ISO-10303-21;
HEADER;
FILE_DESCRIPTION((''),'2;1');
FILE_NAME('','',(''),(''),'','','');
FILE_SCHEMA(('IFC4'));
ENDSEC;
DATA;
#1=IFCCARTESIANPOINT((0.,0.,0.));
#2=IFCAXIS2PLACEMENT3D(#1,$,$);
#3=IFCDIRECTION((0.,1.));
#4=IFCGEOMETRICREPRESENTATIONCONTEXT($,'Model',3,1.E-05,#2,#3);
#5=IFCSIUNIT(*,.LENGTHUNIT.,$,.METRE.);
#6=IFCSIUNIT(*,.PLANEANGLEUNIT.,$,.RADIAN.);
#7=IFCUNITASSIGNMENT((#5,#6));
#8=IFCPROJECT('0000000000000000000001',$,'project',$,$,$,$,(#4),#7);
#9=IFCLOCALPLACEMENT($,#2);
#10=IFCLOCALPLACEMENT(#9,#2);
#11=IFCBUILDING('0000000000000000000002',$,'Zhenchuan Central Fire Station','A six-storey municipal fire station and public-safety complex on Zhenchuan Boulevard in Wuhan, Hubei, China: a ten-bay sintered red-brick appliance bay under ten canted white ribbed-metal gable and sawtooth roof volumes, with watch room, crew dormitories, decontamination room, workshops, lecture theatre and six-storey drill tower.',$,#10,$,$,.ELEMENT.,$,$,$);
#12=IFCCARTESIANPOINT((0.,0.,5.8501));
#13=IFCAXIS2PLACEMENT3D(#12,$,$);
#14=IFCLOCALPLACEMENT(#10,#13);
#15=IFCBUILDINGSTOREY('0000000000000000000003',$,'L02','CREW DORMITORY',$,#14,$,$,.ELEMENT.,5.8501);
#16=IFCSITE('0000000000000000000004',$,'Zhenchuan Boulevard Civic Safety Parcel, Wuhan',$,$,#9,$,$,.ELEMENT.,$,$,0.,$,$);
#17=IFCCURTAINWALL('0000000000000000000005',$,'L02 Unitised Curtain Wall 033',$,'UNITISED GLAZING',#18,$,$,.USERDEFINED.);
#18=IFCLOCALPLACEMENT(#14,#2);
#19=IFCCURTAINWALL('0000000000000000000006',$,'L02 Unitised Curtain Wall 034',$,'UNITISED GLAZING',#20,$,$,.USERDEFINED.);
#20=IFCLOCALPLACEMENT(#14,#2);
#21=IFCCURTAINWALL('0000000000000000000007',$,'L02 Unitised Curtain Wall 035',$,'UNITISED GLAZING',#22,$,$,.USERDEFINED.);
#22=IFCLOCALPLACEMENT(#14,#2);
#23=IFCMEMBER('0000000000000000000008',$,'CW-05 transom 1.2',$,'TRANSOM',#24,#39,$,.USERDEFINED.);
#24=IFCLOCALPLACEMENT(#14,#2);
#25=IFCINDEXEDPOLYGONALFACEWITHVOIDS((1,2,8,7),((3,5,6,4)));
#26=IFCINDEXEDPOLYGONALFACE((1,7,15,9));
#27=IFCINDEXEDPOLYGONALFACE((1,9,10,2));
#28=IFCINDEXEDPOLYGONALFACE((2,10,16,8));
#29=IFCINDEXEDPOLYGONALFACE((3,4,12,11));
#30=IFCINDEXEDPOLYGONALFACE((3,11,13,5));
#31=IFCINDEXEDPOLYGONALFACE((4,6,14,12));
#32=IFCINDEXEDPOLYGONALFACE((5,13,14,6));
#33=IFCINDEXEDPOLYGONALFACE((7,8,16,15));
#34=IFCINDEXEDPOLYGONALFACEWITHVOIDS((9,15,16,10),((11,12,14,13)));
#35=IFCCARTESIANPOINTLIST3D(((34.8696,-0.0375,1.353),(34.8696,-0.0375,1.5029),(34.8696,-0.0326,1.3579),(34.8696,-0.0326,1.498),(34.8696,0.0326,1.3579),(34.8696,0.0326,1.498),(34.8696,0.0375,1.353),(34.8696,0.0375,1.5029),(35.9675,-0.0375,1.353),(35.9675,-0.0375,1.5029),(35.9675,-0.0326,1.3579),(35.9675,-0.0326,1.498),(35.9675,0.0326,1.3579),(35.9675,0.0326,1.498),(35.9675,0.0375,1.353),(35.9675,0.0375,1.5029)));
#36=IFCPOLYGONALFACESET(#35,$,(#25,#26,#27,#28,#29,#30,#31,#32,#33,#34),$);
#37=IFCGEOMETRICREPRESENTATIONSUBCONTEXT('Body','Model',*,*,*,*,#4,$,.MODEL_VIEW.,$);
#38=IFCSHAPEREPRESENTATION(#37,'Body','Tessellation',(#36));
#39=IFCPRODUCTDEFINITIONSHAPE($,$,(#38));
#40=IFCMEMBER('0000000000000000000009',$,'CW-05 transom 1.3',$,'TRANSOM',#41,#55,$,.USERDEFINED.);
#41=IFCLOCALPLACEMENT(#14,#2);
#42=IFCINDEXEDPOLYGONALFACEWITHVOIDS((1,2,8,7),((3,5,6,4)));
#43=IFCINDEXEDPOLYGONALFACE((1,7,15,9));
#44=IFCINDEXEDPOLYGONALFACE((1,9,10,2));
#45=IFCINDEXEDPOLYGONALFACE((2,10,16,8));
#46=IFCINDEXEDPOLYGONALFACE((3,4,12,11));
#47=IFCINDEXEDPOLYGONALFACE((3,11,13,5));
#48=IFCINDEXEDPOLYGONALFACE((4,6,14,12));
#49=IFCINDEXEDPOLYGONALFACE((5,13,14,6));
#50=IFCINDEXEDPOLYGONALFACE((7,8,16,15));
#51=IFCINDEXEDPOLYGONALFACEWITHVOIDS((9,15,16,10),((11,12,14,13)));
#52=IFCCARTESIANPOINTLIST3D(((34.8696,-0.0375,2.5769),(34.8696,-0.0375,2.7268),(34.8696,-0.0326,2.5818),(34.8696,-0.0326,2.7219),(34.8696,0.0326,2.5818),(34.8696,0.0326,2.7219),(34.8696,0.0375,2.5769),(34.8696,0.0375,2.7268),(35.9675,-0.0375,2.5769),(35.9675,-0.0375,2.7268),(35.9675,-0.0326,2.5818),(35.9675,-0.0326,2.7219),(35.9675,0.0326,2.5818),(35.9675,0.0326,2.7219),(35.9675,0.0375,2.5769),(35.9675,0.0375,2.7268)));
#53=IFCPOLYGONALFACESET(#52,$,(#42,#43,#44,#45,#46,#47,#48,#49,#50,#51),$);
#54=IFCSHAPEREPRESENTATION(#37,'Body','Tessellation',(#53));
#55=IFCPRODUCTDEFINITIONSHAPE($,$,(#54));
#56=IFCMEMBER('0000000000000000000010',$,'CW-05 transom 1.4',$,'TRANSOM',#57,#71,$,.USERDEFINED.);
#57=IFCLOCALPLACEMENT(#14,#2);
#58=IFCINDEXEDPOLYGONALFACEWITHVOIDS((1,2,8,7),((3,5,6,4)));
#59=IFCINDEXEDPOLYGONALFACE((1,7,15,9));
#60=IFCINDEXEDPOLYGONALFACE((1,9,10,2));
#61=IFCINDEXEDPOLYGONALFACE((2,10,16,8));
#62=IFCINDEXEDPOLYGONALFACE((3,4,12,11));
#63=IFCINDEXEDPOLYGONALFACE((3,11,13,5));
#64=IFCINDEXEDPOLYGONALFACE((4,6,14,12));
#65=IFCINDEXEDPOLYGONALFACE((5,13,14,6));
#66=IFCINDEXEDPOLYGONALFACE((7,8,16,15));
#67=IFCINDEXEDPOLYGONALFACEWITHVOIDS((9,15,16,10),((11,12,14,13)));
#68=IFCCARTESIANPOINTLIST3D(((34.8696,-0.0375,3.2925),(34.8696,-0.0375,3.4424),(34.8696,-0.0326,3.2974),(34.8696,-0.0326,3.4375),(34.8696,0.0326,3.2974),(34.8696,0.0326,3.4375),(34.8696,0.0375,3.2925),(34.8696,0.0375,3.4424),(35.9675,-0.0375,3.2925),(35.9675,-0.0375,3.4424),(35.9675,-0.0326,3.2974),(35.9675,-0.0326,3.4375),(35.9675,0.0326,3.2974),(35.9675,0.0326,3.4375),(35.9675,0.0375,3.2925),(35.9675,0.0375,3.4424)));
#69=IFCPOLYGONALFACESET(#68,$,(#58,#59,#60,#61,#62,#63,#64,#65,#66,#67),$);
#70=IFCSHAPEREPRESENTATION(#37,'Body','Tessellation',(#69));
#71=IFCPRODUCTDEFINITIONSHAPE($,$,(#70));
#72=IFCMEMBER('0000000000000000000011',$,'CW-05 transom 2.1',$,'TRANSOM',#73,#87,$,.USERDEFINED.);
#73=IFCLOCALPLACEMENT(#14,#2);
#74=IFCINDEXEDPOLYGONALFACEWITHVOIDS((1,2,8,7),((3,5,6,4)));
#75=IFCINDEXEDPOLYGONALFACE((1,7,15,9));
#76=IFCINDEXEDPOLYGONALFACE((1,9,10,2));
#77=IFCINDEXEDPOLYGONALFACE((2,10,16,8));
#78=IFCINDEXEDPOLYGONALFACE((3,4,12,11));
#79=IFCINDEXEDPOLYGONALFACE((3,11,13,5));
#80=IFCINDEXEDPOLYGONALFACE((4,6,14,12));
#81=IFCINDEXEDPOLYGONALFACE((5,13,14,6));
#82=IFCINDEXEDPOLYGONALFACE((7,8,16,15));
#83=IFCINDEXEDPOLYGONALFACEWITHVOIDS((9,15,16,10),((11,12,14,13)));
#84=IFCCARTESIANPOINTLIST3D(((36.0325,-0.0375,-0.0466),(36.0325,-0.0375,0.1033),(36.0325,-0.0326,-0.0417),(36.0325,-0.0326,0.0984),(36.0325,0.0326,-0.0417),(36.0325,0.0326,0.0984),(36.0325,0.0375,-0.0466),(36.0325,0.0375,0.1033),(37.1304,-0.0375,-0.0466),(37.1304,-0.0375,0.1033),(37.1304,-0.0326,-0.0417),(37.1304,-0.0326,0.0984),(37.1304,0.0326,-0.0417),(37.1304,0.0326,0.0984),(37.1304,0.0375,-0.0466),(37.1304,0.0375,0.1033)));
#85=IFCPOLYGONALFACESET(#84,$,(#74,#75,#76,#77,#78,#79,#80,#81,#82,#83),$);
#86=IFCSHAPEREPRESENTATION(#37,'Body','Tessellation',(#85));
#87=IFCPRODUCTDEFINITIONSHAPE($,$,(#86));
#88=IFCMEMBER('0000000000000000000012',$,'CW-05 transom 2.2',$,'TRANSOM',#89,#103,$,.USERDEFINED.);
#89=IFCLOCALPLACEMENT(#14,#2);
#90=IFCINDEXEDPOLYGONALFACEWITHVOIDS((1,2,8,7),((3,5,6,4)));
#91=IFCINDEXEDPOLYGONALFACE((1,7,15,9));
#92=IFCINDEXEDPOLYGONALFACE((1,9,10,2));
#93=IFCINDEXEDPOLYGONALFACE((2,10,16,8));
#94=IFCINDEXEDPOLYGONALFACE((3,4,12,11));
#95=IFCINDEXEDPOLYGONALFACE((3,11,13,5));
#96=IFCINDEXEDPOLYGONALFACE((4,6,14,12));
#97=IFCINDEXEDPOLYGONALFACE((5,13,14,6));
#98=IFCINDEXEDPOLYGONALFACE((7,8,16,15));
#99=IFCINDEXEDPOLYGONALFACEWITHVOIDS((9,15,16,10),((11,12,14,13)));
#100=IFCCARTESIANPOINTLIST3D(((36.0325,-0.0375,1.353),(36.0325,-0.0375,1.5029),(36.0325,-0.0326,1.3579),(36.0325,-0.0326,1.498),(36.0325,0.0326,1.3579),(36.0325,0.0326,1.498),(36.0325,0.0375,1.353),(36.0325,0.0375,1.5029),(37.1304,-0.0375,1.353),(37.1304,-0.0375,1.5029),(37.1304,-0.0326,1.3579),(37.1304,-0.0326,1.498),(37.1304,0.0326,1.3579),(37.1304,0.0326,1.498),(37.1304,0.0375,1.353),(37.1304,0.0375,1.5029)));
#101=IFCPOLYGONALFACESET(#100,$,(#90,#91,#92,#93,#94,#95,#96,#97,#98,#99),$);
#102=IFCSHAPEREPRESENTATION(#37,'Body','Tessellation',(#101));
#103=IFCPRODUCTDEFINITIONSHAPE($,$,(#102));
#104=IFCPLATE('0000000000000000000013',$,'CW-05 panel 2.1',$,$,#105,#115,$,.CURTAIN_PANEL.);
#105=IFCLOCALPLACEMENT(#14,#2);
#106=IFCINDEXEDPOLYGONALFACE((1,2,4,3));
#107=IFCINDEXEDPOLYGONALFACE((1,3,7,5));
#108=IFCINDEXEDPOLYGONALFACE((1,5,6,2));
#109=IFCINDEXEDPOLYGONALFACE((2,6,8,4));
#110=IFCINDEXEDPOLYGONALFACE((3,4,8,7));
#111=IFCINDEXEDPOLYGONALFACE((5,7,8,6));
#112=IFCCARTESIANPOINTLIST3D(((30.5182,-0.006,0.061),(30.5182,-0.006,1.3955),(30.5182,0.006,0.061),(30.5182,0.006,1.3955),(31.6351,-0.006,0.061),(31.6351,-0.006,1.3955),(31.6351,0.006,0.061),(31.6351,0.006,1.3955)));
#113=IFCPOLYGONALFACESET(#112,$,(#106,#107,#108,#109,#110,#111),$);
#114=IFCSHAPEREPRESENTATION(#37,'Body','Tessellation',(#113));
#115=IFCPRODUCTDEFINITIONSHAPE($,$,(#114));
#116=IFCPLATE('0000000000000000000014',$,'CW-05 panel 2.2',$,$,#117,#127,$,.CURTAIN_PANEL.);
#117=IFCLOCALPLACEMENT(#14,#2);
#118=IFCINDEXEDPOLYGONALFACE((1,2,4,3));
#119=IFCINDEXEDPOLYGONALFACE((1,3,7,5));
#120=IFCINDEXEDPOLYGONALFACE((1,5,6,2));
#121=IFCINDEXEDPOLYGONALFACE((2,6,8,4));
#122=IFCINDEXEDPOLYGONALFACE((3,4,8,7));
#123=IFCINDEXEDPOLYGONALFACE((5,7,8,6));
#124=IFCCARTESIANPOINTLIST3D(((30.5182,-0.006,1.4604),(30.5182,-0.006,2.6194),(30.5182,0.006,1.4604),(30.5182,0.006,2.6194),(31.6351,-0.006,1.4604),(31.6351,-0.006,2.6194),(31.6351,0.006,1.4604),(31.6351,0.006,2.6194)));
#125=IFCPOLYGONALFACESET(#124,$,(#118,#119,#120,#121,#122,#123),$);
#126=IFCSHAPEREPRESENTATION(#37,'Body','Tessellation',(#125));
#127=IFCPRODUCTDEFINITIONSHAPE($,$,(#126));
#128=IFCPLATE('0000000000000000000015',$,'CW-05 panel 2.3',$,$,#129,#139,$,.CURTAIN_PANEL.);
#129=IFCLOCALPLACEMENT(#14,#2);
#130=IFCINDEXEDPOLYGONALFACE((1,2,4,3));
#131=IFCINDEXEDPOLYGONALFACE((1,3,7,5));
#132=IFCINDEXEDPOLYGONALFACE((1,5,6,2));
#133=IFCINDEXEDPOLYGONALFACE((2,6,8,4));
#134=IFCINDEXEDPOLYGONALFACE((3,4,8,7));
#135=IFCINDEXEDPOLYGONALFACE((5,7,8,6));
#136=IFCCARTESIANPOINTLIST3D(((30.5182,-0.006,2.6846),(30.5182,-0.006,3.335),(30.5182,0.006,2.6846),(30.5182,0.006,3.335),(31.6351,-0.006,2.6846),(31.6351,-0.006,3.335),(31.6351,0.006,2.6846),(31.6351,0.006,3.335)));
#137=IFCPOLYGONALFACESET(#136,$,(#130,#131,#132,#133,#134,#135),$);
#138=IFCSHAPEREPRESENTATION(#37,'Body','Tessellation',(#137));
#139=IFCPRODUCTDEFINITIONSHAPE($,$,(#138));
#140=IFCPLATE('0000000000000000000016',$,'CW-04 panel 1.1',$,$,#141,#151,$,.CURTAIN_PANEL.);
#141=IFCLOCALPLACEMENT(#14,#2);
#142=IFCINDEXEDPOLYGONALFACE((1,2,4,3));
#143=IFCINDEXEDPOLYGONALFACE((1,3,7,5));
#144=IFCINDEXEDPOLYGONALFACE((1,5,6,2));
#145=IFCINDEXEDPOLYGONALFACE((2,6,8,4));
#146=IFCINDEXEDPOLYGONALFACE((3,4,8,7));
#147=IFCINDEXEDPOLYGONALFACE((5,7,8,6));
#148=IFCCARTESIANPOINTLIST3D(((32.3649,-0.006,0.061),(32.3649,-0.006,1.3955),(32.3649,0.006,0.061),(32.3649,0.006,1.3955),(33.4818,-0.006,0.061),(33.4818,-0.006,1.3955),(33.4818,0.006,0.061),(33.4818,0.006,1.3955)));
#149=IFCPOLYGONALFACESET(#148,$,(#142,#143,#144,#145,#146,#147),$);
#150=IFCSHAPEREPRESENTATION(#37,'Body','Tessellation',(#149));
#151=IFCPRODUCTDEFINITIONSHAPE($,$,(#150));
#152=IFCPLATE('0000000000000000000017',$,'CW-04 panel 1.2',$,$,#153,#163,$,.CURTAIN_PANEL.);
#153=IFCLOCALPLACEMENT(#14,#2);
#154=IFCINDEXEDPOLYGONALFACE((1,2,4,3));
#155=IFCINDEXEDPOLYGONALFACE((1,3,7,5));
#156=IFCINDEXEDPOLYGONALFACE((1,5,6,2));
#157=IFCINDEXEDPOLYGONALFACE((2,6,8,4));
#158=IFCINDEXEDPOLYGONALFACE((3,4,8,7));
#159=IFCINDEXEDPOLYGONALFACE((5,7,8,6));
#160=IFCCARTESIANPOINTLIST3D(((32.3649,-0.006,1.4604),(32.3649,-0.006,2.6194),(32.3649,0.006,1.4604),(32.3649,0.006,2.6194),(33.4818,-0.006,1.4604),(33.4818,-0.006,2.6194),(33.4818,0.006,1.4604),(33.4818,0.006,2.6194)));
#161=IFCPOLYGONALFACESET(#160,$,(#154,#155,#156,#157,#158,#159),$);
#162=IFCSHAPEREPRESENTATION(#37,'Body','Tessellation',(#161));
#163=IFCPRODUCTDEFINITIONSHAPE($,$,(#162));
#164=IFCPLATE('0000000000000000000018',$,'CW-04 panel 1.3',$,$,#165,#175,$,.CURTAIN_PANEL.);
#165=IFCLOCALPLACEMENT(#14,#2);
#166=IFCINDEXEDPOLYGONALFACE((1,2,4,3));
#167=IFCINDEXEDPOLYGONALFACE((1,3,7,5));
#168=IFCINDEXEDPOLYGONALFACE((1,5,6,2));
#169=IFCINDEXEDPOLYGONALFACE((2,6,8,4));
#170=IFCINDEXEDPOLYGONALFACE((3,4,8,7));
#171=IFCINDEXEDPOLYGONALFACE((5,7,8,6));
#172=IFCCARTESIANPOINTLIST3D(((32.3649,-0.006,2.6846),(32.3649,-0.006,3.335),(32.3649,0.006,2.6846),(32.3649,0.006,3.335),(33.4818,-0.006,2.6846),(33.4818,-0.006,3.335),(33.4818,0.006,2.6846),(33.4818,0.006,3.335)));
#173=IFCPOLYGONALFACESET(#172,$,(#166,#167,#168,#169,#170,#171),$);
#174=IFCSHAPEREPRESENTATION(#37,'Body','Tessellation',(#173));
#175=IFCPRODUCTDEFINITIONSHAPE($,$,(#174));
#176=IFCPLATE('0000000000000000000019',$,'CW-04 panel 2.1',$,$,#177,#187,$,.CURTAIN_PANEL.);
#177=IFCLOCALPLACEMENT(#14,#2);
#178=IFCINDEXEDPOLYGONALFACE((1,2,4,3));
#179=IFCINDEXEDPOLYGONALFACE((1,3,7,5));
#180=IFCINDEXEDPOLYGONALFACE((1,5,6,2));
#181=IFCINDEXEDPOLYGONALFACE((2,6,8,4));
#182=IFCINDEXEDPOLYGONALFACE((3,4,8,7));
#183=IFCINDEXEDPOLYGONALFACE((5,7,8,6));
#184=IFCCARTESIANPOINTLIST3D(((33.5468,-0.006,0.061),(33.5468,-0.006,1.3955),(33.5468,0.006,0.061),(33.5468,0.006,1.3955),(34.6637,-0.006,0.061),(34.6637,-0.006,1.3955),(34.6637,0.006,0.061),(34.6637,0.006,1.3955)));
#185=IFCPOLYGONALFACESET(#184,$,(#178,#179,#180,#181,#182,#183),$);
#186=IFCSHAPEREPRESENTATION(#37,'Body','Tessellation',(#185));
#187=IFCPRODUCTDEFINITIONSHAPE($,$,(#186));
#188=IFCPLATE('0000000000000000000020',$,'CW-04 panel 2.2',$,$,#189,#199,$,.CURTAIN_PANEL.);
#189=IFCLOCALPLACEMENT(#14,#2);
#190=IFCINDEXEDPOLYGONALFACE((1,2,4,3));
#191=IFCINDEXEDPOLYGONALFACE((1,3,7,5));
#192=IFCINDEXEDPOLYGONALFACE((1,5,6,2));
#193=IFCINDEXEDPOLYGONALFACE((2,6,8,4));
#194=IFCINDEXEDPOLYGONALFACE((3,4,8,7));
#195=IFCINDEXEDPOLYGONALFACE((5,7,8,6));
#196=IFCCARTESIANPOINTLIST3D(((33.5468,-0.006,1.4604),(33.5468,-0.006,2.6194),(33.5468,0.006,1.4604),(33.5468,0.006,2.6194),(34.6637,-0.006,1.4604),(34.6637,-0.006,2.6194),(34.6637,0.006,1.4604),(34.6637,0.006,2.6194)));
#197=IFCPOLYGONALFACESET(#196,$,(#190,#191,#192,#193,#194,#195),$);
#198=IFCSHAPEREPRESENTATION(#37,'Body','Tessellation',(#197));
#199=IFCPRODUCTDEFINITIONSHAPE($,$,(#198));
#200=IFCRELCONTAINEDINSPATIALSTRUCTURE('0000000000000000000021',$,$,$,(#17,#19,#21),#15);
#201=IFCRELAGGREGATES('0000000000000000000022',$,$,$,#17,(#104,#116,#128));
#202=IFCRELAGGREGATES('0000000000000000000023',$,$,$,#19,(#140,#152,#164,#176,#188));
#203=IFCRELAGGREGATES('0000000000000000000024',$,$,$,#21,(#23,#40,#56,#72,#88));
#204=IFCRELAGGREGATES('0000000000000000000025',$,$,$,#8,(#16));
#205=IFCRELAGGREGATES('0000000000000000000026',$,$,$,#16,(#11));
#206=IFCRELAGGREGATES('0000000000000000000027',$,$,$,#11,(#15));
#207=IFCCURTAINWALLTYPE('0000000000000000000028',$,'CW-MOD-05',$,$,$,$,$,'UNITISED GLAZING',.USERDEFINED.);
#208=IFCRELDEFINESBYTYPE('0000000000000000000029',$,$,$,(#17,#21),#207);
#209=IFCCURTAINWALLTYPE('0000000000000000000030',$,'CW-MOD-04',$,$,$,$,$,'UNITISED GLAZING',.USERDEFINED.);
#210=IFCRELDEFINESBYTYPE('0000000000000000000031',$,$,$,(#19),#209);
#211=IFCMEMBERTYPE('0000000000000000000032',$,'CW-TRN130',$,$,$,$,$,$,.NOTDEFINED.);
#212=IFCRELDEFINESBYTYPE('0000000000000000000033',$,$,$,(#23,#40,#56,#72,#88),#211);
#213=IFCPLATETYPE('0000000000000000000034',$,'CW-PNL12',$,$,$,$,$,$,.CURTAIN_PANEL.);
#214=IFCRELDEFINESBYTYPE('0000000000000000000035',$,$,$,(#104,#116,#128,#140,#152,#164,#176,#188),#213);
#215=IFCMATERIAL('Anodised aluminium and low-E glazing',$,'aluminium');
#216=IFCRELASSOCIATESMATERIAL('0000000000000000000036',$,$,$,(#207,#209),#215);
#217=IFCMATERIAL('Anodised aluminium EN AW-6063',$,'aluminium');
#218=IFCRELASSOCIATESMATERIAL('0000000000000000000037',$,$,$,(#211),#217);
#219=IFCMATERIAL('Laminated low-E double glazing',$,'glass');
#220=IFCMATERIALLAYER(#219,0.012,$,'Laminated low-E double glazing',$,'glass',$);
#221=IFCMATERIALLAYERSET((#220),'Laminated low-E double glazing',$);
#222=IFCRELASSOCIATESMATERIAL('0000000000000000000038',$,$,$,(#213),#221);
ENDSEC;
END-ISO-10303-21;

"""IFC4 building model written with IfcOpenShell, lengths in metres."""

from ifc_helpers import new_model, si_unit, direction, frame, origin, origin_2d, place, context, subcontext, project, spatial, rectangle, hollow_rectangle, extrude, material, layer, layer_set, material_profile, profile_set, type_object, element, aggregate, save


model = new_model("IFC4")

# Units and contexts
model_context = context("Model", 3, precision=1e-05, world=origin(), true_north=direction((0.0, 1.0)))
body_context = subcontext(model_context, "Body", "Model", "MODEL_VIEW")
ifc_project = project(units=[si_unit("LENGTHUNIT", "METRE"), si_unit("PLANEANGLEUNIT", "RADIAN")], contexts=[model_context])

# Site, building, storey
site_placement = place(None, origin())
site = spatial("IfcSite", under=ifc_project, at=site_placement, Name="Zhenchuan Boulevard Civic Safety Parcel, Wuhan", CompositionType="ELEMENT", RefElevation=0.0)
building_placement = place(site_placement, origin())
building = spatial("IfcBuilding", under=site, at=building_placement, Name="Zhenchuan Central Fire Station", Description="A six-storey municipal fire station and public-safety complex on Zhenchuan Boulevard in Wuhan, Hubei, China: a ten-bay sintered red-brick appliance bay under ten canted white ribbed-metal gable and sawtooth roof volumes, with watch room, crew dormitories, decontamination room, workshops, lecture theatre and six-storey drill tower.", CompositionType="ELEMENT")
storey_placement = place(building_placement, frame((0.0, 0.0, 5.8501)))
storey = spatial("IfcBuildingStorey", under=building, at=storey_placement, Name="L02", Description="CREW DORMITORY", CompositionType="ELEMENT", Elevation=5.8501)

# Curtain wall
ifc_material_1 = material(Name="Anodised aluminium and low-E glazing", Category="aluminium")
curtain_wall_type_1 = type_object("IfcCurtainWallType", Name="CW-MOD-05", ElementType="UNITISED GLAZING", PredefinedType="USERDEFINED", material=ifc_material_1)
curtain_wall_1_placement = place(storey_placement, origin())
curtain_wall_1 = element("IfcCurtainWall", 1, at=curtain_wall_1_placement, inside=storey, type_object=curtain_wall_type_1, Name="L02 Unitised Curtain Wall 033", ObjectType="UNITISED GLAZING", PredefinedType="USERDEFINED")
ifc_material_2 = material(Name="Anodised aluminium EN AW-6063", Category="aluminium")

# Curtain walls
curtain_wall_type_2 = type_object("IfcCurtainWallType", Name="CW-MOD-04", ElementType="UNITISED GLAZING", PredefinedType="USERDEFINED", material=ifc_material_1)
curtain_wall_2_placement = place(storey_placement, origin())
curtain_wall_2 = element("IfcCurtainWall", 2, at=curtain_wall_2_placement, inside=storey, type_object=curtain_wall_type_2, Name="L02 Unitised Curtain Wall 034", ObjectType="UNITISED GLAZING", PredefinedType="USERDEFINED")
curtain_wall_3_placement = place(storey_placement, origin())
curtain_wall_3 = element("IfcCurtainWall", 3, at=curtain_wall_3_placement, inside=storey, type_object=curtain_wall_type_1, Name="L02 Unitised Curtain Wall 035", ObjectType="UNITISED GLAZING", PredefinedType="USERDEFINED")

# Members
ifc_material_profile_1 = material_profile(ifc_material_2, hollow_rectangle(XDim=0.075, YDim=0.1499, WallThickness=0.0049, at=origin_2d()), Name="ALU-T 150x75")
ifc_profile_set_1 = profile_set([ifc_material_profile_1], Name="Anodised aluminium EN AW-6063")
member_type_1 = type_object("IfcMemberType", Name="CW-TRN130", PredefinedType="NOTDEFINED", material=ifc_profile_set_1)
member_1_placement = place(storey_placement, frame((34.8696, 0.0, 1.428), z_axis=(1.0, 0.0, 0.0), x_axis=(0.0, 1.0, 0.0)))
member_1 = element("IfcMember", 4, at=member_1_placement, type_object=member_type_1, Name="CW-05 transom 1.2", ObjectType="TRANSOM", PredefinedType="USERDEFINED", context=body_context, shape_type="SweptSolid", body=[
    extrude(hollow_rectangle(XDim=0.075, YDim=0.1499, WallThickness=0.0049, at=origin_2d()), origin(), (0.0, 0.0, 1.0), 1.0979),
])
member_2_placement = place(storey_placement, frame((34.8696, 0.0, 2.6519), z_axis=(1.0, 0.0, 0.0), x_axis=(0.0, 1.0, 0.0)))
member_2 = element("IfcMember", 5, at=member_2_placement, type_object=member_type_1, Name="CW-05 transom 1.3", ObjectType="TRANSOM", PredefinedType="USERDEFINED", context=body_context, shape_type="SweptSolid", body=[
    extrude(hollow_rectangle(XDim=0.075, YDim=0.1499, WallThickness=0.0049, at=origin_2d()), origin(), (0.0, 0.0, 1.0), 1.0979),
])
member_3_placement = place(storey_placement, frame((34.8696, 0.0, 3.3674), z_axis=(1.0, 0.0, 0.0), x_axis=(0.0, 1.0, 0.0)))
member_3 = element("IfcMember", 6, at=member_3_placement, type_object=member_type_1, Name="CW-05 transom 1.4", ObjectType="TRANSOM", PredefinedType="USERDEFINED", context=body_context, shape_type="SweptSolid", body=[
    extrude(hollow_rectangle(XDim=0.075, YDim=0.1499, WallThickness=0.0049, at=origin_2d()), origin(), (0.0, 0.0, 1.0), 1.0979),
])
member_4_placement = place(storey_placement, frame((36.0325, 0.0, 0.0283), z_axis=(1.0, 0.0, 0.0), x_axis=(0.0, 1.0, 0.0)))
member_4 = element("IfcMember", 7, at=member_4_placement, type_object=member_type_1, Name="CW-05 transom 2.1", ObjectType="TRANSOM", PredefinedType="USERDEFINED", context=body_context, shape_type="SweptSolid", body=[
    extrude(hollow_rectangle(XDim=0.075, YDim=0.1499, WallThickness=0.0049, at=origin_2d()), origin(), (0.0, 0.0, 1.0), 1.0979),
])
member_5_placement = place(storey_placement, frame((36.0325, 0.0, 1.428), z_axis=(1.0, 0.0, 0.0), x_axis=(0.0, 1.0, 0.0)))
member_5 = element("IfcMember", 8, at=member_5_placement, type_object=member_type_1, Name="CW-05 transom 2.2", ObjectType="TRANSOM", PredefinedType="USERDEFINED", context=body_context, shape_type="SweptSolid", body=[
    extrude(hollow_rectangle(XDim=0.075, YDim=0.1499, WallThickness=0.0049, at=origin_2d()), origin(), (0.0, 0.0, 1.0), 1.0979),
])

# Plates
ifc_material_3 = material(Name="Laminated low-E double glazing", Category="glass")
ifc_layer = layer(ifc_material_3, 0.012, Name="Laminated low-E double glazing", Category="glass")
ifc_layer_set = layer_set([ifc_layer], Name="Laminated low-E double glazing")
plate_type = type_object("IfcPlateType", Name="CW-PNL12", PredefinedType="CURTAIN_PANEL", material=ifc_layer_set)
plate_1_placement = place(storey_placement, frame((31.0767, 0.0, 0.061), z_axis=(0.0, 0.0, 1.0), x_axis=(1.0, 0.0, 0.0)))
plate_1 = element("IfcPlate", 9, at=plate_1_placement, type_object=plate_type, Name="CW-05 panel 2.1", PredefinedType="CURTAIN_PANEL", context=body_context, shape_type="SweptSolid", body=[
    extrude(rectangle(XDim=1.1169, YDim=0.012, at=origin_2d()), origin(), (0.0, 0.0, 1.0), 1.3345),
])
plate_2_placement = place(storey_placement, frame((31.0767, 0.0, 1.4604), z_axis=(0.0, 0.0, 1.0), x_axis=(1.0, 0.0, 0.0)))
plate_2 = element("IfcPlate", 10, at=plate_2_placement, type_object=plate_type, Name="CW-05 panel 2.2", PredefinedType="CURTAIN_PANEL", context=body_context, shape_type="SweptSolid", body=[
    extrude(rectangle(XDim=1.1169, YDim=0.012, at=origin_2d()), origin(), (0.0, 0.0, 1.0), 1.1589),
])
plate_3_placement = place(storey_placement, frame((31.0767, 0.0, 2.6846), z_axis=(0.0, 0.0, 1.0), x_axis=(1.0, 0.0, 0.0)))
plate_3 = element("IfcPlate", 11, at=plate_3_placement, type_object=plate_type, Name="CW-05 panel 2.3", PredefinedType="CURTAIN_PANEL", context=body_context, shape_type="SweptSolid", body=[
    extrude(rectangle(XDim=1.1169, YDim=0.012, at=origin_2d()), origin(), (0.0, 0.0, 1.0), 0.6504),
])
aggregate(curtain_wall_1, [plate_1, plate_2, plate_3])
plate_4_placement = place(storey_placement, frame((32.9233, 0.0, 0.061), z_axis=(0.0, 0.0, 1.0), x_axis=(1.0, 0.0, 0.0)))
plate_4 = element("IfcPlate", 12, at=plate_4_placement, type_object=plate_type, Name="CW-04 panel 1.1", PredefinedType="CURTAIN_PANEL", context=body_context, shape_type="SweptSolid", body=[
    extrude(rectangle(XDim=1.1169, YDim=0.012, at=origin_2d()), origin(), (0.0, 0.0, 1.0), 1.3345),
])
plate_5_placement = place(storey_placement, frame((32.9233, 0.0, 1.4604), z_axis=(0.0, 0.0, 1.0), x_axis=(1.0, 0.0, 0.0)))
plate_5 = element("IfcPlate", 13, at=plate_5_placement, type_object=plate_type, Name="CW-04 panel 1.2", PredefinedType="CURTAIN_PANEL", context=body_context, shape_type="SweptSolid", body=[
    extrude(rectangle(XDim=1.1169, YDim=0.012, at=origin_2d()), origin(), (0.0, 0.0, 1.0), 1.1589),
])
plate_6_placement = place(storey_placement, frame((32.9233, 0.0, 2.6846), z_axis=(0.0, 0.0, 1.0), x_axis=(1.0, 0.0, 0.0)))
plate_6 = element("IfcPlate", 14, at=plate_6_placement, type_object=plate_type, Name="CW-04 panel 1.3", PredefinedType="CURTAIN_PANEL", context=body_context, shape_type="SweptSolid", body=[
    extrude(rectangle(XDim=1.1169, YDim=0.012, at=origin_2d()), origin(), (0.0, 0.0, 1.0), 0.6504),
])
plate_7_placement = place(storey_placement, frame((34.1052, 0.0, 0.061), z_axis=(0.0, 0.0, 1.0), x_axis=(1.0, 0.0, 0.0)))
plate_7 = element("IfcPlate", 15, at=plate_7_placement, type_object=plate_type, Name="CW-04 panel 2.1", PredefinedType="CURTAIN_PANEL", context=body_context, shape_type="SweptSolid", body=[
    extrude(rectangle(XDim=1.1169, YDim=0.012, at=origin_2d()), origin(), (0.0, 0.0, 1.0), 1.3345),
])
plate_8_placement = place(storey_placement, frame((34.1052, 0.0, 1.4604), z_axis=(0.0, 0.0, 1.0), x_axis=(1.0, 0.0, 0.0)))
plate_8 = element("IfcPlate", 16, at=plate_8_placement, type_object=plate_type, Name="CW-04 panel 2.2", PredefinedType="CURTAIN_PANEL", context=body_context, shape_type="SweptSolid", body=[
    extrude(rectangle(XDim=1.1169, YDim=0.012, at=origin_2d()), origin(), (0.0, 0.0, 1.0), 1.1589),
])
aggregate(curtain_wall_2, [plate_4, plate_5, plate_6, plate_7, plate_8])
aggregate(curtain_wall_3, [member_1, member_2, member_3, member_4, member_5])

save(model, "model.ifc")
